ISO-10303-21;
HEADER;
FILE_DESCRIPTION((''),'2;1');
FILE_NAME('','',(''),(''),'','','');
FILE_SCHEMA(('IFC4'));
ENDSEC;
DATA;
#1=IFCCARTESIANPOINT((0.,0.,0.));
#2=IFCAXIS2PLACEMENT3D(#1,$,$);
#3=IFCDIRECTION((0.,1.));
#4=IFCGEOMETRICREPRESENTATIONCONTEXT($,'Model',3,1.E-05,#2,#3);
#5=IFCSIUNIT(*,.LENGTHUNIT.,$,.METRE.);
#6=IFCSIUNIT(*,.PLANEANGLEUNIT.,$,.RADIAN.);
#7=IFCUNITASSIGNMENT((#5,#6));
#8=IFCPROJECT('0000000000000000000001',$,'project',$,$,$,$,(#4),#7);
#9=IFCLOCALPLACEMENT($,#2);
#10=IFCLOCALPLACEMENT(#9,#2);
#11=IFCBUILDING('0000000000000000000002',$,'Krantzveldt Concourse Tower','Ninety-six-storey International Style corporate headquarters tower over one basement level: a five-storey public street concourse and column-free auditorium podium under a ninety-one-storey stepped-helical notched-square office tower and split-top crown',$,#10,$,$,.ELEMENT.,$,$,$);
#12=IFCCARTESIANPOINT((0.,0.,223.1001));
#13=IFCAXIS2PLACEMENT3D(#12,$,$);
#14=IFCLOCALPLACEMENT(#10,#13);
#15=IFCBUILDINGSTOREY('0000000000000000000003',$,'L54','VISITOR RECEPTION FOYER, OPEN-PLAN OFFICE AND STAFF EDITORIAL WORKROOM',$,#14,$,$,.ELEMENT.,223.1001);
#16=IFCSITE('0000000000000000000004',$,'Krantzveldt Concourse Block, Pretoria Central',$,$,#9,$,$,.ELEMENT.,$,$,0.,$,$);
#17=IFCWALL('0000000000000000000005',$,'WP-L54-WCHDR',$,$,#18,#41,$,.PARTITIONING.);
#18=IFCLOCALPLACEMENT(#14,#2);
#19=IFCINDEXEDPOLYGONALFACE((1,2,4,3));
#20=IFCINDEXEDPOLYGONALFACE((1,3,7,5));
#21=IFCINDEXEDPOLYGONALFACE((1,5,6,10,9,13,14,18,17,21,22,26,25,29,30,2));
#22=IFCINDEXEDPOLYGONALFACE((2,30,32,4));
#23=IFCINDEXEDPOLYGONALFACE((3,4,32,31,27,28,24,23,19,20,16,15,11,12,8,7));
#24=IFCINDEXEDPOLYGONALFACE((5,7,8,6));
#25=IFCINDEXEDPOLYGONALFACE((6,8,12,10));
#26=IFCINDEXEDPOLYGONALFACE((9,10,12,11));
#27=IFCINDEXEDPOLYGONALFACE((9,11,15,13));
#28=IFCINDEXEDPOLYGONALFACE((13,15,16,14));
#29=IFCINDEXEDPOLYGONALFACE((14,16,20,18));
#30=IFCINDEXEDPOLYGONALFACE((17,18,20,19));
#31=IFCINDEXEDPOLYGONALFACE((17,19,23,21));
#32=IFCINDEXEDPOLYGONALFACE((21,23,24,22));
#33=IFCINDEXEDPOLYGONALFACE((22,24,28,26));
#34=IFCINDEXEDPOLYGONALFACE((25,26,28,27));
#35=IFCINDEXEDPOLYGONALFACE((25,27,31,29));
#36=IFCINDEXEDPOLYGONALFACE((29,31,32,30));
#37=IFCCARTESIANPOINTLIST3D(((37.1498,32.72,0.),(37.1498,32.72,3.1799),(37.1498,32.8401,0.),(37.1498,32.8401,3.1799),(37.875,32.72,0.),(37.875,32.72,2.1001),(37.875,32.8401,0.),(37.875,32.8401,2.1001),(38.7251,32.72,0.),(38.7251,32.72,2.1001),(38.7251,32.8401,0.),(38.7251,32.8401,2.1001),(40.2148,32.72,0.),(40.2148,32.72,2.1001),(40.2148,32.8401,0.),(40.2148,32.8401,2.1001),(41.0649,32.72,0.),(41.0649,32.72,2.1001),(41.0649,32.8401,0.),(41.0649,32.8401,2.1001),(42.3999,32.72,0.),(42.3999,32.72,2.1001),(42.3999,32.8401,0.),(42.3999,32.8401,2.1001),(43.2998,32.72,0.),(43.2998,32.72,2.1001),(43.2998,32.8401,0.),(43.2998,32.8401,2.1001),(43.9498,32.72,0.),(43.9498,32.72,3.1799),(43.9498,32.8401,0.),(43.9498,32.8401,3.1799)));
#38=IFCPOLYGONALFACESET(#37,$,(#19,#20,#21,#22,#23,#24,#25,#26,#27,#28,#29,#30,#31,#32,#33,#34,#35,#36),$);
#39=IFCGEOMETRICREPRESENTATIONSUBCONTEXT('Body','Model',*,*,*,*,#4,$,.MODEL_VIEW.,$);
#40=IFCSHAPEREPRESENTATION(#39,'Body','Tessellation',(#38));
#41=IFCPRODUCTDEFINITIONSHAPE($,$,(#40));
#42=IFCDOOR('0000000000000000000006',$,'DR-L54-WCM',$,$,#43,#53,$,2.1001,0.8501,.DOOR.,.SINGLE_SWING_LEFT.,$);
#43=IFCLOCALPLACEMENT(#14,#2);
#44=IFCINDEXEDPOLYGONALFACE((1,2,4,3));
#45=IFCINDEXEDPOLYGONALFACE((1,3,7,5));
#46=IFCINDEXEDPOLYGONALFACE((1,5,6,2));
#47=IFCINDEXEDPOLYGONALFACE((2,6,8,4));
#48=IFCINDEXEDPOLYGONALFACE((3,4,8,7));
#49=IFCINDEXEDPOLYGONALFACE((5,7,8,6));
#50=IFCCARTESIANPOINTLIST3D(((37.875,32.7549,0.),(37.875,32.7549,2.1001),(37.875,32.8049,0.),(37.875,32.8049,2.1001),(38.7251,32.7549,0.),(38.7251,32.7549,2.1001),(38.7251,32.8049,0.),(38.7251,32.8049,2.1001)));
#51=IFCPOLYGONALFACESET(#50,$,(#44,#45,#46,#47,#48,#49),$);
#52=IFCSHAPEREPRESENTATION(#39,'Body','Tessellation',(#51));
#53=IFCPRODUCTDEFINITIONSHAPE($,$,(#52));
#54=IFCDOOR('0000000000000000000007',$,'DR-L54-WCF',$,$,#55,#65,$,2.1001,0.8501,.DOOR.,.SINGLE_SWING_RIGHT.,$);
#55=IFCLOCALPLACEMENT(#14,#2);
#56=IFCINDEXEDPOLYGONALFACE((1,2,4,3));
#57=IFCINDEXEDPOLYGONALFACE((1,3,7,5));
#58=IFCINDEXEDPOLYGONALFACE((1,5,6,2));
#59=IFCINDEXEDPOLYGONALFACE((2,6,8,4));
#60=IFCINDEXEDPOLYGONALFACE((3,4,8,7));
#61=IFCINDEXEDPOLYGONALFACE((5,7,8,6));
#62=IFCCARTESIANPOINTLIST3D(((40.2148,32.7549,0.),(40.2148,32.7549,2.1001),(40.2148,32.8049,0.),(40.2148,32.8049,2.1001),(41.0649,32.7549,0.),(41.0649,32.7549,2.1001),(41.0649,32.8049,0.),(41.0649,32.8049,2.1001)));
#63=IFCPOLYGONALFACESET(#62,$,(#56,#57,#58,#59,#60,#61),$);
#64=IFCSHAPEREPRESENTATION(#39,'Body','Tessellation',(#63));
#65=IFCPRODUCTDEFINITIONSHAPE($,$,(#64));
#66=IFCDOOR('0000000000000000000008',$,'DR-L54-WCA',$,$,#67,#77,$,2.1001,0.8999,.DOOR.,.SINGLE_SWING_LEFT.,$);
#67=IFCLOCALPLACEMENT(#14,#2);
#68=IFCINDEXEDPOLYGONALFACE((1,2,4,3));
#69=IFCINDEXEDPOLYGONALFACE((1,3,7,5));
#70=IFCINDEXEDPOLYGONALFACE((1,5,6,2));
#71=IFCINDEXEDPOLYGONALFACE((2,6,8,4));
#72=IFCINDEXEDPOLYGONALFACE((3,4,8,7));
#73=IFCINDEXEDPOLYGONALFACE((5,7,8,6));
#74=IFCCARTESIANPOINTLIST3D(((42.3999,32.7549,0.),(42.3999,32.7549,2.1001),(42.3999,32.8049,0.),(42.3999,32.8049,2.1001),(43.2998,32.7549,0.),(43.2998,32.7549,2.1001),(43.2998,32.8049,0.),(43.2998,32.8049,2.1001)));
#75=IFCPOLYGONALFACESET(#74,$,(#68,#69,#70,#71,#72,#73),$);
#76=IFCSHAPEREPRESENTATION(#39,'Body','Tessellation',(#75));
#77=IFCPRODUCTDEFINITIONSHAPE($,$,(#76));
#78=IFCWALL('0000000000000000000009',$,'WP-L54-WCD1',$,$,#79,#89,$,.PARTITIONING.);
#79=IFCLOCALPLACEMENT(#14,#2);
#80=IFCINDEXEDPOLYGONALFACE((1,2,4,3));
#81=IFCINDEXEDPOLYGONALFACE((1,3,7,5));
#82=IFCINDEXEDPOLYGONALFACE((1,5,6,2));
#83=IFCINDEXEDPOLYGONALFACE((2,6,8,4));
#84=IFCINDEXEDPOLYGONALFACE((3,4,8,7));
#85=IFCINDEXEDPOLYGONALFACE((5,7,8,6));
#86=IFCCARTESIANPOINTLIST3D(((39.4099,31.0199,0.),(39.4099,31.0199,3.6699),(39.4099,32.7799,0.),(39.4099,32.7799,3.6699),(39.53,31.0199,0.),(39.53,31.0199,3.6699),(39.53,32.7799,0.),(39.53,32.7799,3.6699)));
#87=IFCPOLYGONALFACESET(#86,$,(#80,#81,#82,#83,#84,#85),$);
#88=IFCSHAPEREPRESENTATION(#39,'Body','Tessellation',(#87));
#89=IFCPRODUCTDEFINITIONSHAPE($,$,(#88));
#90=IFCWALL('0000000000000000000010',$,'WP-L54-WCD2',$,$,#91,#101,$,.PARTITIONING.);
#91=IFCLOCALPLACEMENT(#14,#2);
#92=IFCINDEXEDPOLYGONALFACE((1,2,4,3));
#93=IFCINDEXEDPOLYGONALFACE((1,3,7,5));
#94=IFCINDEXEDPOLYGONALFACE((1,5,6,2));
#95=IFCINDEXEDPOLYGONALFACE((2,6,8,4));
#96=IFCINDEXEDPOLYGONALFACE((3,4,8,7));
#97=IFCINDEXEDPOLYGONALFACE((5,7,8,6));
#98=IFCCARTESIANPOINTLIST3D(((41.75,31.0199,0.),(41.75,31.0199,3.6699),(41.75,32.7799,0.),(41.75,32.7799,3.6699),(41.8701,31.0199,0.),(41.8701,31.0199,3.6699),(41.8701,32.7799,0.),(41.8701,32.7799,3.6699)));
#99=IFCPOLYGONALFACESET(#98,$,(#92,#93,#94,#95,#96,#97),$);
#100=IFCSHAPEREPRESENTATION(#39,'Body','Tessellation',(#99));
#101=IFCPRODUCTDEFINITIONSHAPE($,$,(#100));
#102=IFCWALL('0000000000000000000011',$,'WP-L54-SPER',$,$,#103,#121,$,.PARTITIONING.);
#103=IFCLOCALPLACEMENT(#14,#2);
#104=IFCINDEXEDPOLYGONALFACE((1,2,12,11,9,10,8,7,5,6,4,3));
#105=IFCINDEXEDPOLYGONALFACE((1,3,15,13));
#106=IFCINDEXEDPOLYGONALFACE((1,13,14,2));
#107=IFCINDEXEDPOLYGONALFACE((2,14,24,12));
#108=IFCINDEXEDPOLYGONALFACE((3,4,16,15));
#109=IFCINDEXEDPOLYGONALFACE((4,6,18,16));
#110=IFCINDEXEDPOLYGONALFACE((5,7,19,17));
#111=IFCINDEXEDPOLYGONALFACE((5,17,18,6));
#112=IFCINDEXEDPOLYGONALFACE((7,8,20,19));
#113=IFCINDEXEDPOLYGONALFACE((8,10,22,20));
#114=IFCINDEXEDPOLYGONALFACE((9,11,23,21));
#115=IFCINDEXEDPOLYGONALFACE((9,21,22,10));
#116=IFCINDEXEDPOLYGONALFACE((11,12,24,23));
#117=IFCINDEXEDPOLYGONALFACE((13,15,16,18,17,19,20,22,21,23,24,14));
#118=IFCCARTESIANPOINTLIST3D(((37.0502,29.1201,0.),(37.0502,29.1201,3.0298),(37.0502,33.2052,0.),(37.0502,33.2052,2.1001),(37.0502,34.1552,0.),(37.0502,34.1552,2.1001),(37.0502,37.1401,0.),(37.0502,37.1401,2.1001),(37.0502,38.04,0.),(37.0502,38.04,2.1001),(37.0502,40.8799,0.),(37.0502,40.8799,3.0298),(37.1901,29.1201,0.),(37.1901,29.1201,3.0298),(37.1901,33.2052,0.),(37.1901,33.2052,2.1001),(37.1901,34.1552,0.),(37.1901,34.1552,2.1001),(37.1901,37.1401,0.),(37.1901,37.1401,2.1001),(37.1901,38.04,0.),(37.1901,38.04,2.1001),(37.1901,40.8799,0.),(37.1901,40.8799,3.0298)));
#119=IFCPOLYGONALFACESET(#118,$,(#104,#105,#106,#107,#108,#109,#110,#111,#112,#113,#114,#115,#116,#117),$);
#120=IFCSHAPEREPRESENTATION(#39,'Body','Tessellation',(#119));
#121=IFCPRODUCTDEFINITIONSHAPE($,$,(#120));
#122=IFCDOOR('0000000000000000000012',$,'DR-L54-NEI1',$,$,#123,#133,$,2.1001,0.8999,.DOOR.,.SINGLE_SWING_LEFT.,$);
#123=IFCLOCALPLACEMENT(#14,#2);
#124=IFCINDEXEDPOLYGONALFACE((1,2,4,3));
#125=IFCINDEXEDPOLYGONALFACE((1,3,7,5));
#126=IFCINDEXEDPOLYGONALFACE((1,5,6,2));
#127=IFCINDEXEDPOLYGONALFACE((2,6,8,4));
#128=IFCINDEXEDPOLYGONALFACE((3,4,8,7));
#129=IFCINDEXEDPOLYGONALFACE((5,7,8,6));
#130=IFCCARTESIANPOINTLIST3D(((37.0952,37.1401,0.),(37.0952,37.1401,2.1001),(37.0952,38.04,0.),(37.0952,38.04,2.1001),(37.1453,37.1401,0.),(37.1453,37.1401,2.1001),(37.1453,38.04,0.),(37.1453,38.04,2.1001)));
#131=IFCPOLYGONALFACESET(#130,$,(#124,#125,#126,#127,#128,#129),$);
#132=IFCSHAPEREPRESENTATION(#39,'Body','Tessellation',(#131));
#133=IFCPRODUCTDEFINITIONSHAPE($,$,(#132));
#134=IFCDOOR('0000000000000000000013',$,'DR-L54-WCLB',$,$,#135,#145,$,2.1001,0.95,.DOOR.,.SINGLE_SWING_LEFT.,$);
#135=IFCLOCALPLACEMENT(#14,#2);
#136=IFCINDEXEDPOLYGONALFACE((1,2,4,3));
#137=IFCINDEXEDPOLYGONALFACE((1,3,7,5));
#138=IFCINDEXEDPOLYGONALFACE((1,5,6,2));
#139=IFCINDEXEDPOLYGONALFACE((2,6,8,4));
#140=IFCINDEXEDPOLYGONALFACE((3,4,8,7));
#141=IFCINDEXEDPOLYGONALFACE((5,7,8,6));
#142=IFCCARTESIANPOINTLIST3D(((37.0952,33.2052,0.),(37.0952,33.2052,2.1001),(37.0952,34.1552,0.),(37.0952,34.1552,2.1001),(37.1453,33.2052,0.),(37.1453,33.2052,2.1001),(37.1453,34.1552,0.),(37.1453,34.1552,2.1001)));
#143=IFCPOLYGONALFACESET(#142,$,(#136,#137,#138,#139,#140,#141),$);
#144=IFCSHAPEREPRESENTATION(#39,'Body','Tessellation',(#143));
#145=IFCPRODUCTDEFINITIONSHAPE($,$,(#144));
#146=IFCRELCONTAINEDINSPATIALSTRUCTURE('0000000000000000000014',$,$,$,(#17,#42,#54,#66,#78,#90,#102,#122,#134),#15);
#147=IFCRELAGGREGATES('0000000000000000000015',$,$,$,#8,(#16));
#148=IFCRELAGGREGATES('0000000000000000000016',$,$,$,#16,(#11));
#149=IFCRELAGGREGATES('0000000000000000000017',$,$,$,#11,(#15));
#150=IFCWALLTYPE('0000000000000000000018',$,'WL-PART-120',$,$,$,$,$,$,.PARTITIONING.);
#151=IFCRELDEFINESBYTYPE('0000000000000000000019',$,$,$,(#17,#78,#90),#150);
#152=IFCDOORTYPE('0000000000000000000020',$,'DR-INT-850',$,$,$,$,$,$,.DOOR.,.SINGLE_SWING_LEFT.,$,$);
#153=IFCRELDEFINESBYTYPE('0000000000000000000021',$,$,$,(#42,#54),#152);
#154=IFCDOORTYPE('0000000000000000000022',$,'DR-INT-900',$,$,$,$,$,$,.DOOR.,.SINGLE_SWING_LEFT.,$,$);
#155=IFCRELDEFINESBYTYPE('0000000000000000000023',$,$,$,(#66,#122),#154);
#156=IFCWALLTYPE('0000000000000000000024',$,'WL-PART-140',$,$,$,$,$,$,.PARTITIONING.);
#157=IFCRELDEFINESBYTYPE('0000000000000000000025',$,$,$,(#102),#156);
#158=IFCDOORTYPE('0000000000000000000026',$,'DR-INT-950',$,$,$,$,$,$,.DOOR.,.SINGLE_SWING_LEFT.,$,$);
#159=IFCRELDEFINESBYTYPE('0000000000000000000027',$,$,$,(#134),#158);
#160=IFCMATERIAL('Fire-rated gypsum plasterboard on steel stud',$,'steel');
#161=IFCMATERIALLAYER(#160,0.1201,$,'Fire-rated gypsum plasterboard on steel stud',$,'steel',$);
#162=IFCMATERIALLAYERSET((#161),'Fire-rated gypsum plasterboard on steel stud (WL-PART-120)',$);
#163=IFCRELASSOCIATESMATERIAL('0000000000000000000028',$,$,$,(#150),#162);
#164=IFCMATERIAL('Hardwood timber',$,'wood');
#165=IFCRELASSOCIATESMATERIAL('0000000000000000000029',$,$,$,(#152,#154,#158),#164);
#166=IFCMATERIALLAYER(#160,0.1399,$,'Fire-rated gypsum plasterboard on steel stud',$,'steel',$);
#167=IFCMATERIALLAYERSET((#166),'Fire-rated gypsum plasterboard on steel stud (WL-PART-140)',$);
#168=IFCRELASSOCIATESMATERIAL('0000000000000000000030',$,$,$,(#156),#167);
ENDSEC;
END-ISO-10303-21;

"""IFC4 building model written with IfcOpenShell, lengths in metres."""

from ifc_helpers import new_model, si_unit, direction, frame, frame_2d, origin, place, context, subcontext, project, spatial, rectangle, extrude, material, layer, layer_set, type_object, element, fill, save


model = new_model("IFC4")

# Units and contexts
model_context = context("Model", 3, precision=1e-05, world=origin(), true_north=direction((0.0, 1.0)))
body_context = subcontext(model_context, "Body", "Model", "MODEL_VIEW")
ifc_project = project(units=[si_unit("LENGTHUNIT", "METRE"), si_unit("PLANEANGLEUNIT", "RADIAN")], contexts=[model_context])

# Site, building, storey
site_placement = place(None, origin())
site = spatial("IfcSite", under=ifc_project, at=site_placement, Name="Krantzveldt Concourse Block, Pretoria Central", CompositionType="ELEMENT", RefElevation=0.0)
building_placement = place(site_placement, origin())
building = spatial("IfcBuilding", under=site, at=building_placement, Name="Krantzveldt Concourse Tower", Description="Ninety-six-storey International Style corporate headquarters tower over one basement level: a five-storey public street concourse and column-free auditorium podium under a ninety-one-storey stepped-helical notched-square office tower and split-top crown", CompositionType="ELEMENT")
storey_placement = place(building_placement, frame((0.0, 0.0, 223.1001)))
storey = spatial("IfcBuildingStorey", under=building, at=storey_placement, Name="L54", Description="VISITOR RECEPTION FOYER, OPEN-PLAN OFFICE AND STAFF EDITORIAL WORKROOM", CompositionType="ELEMENT", Elevation=223.1001)

# Shared definitions
ifc_material_1 = material(Name="Fire-rated gypsum plasterboard on steel stud", Category="steel")
ifc_layer_1 = layer(ifc_material_1, 0.1201, Name="Fire-rated gypsum plasterboard on steel stud", Category="steel")
ifc_layer_set_1 = layer_set([ifc_layer_1], Name="Fire-rated gypsum plasterboard on steel stud (WL-PART-120)")
wall_type_1 = type_object("IfcWallType", Name="WL-PART-120", PredefinedType="PARTITIONING", material=ifc_layer_set_1)

# Wall, openings, doors
wall_1_placement = place(storey_placement, frame((37.1499, 32.78, 0.0), z_axis=(0.0, 0.0, 1.0), x_axis=(1.0, 0.0, 0.0)))
wall_1 = element("IfcWall", 1, at=wall_1_placement, inside=storey, type_object=wall_type_1, Name="WP-L54-WCHDR", PredefinedType="PARTITIONING", context=body_context, shape_type="SweptSolid", body=[
    extrude(rectangle(XDim=6.8, YDim=0.1201, at=frame_2d((3.3999, 0.0))), origin(), (0.0, 0.0, 1.0), 3.1799),
])
opening_1_placement = place(wall_1_placement, frame((0.7251, 0.0, 0.0)))
opening_1 = element("IfcOpeningElement", 2, at=opening_1_placement, cuts=wall_1, PredefinedType="OPENING", context=body_context, shape_type="SweptSolid", body=[
    extrude(rectangle(XDim=0.8501, YDim=2.1001, at=frame_2d((0.425, 1.05))), frame((0.0, 0.0701, 0.0), z_axis=(0.0, -1.0, 0.0), x_axis=(1.0, 0.0, 0.0)), (0.0, 0.0, 1.0), 0.1401),
])
opening_2_placement = place(wall_1_placement, frame((3.0649, 0.0, 0.0)))
opening_2 = element("IfcOpeningElement", 3, at=opening_2_placement, cuts=wall_1, PredefinedType="OPENING", context=body_context, shape_type="SweptSolid", body=[
    extrude(rectangle(XDim=0.8501, YDim=2.1001, at=frame_2d((0.425, 1.05))), frame((0.0, 0.0701, 0.0), z_axis=(0.0, -1.0, 0.0), x_axis=(1.0, 0.0, 0.0)), (0.0, 0.0, 1.0), 0.1401),
])
opening_3_placement = place(wall_1_placement, frame((5.25, 0.0, 0.0)))
opening_3 = element("IfcOpeningElement", 4, at=opening_3_placement, cuts=wall_1, PredefinedType="OPENING", context=body_context, shape_type="SweptSolid", body=[
    extrude(rectangle(XDim=0.8999, YDim=2.1001, at=frame_2d((0.45, 1.05))), frame((0.0, 0.0701, 0.0), z_axis=(0.0, -1.0, 0.0), x_axis=(1.0, 0.0, 0.0)), (0.0, 0.0, 1.0), 0.1401),
])
ifc_material_2 = material(Name="Hardwood timber", Category="wood")
door_type_1 = type_object("IfcDoorType", Name="DR-INT-850", OperationType="SINGLE_SWING_LEFT", PredefinedType="DOOR", material=ifc_material_2)
door_1_placement = place(opening_1_placement, origin())
door_1 = element("IfcDoor", 5, at=door_1_placement, inside=storey, type_object=door_type_1, Name="DR-L54-WCM", OperationType="SINGLE_SWING_LEFT", OverallHeight=2.1001, OverallWidth=0.8501, PredefinedType="DOOR", context=body_context, shape_type="SweptSolid", body=[
    extrude(rectangle(XDim=0.8501, YDim=2.1001, at=frame_2d((0.425, 1.05))), frame((0.0, 0.0249, 0.0), z_axis=(0.0, -1.0, 0.0), x_axis=(1.0, 0.0, 0.0)), (0.0, 0.0, 1.0), 0.05),
])
fill(opening_1, door_1)
door_2_placement = place(opening_2_placement, origin())
door_2 = element("IfcDoor", 6, at=door_2_placement, inside=storey, type_object=door_type_1, Name="DR-L54-WCF", OperationType="SINGLE_SWING_RIGHT", OverallHeight=2.1001, OverallWidth=0.8501, PredefinedType="DOOR", context=body_context, shape_type="SweptSolid", body=[
    extrude(rectangle(XDim=0.8501, YDim=2.1001, at=frame_2d((0.425, 1.05))), frame((0.0, 0.0249, 0.0), z_axis=(0.0, -1.0, 0.0), x_axis=(1.0, 0.0, 0.0)), (0.0, 0.0, 1.0), 0.05),
])
fill(opening_2, door_2)
door_type_2 = type_object("IfcDoorType", Name="DR-INT-900", OperationType="SINGLE_SWING_LEFT", PredefinedType="DOOR", material=ifc_material_2)
door_3_placement = place(opening_3_placement, origin())
door_3 = element("IfcDoor", 7, at=door_3_placement, inside=storey, type_object=door_type_2, Name="DR-L54-WCA", OperationType="SINGLE_SWING_LEFT", OverallHeight=2.1001, OverallWidth=0.8999, PredefinedType="DOOR", context=body_context, shape_type="SweptSolid", body=[
    extrude(rectangle(XDim=0.8999, YDim=2.1001, at=frame_2d((0.45, 1.05))), frame((0.0, 0.0249, 0.0), z_axis=(0.0, -1.0, 0.0), x_axis=(1.0, 0.0, 0.0)), (0.0, 0.0, 1.0), 0.05),
])
fill(opening_3, door_3)

# Walls
for number, where, z_axis, x_axis, name in (
    (8, (39.47, 31.02, 0.0), (0.0, 0.0, 1.0), (0.0, 1.0, 0.0), "WP-L54-WCD1"),
    (9, (41.8101, 31.02, 0.0), (0.0, 0.0, 1.0), (0.0, 1.0, 0.0), "WP-L54-WCD2"),
):
    element("IfcWall", number, at=place(storey_placement, frame(where, z_axis=z_axis, x_axis=x_axis)), inside=storey, type_object=wall_type_1, Name=name, PredefinedType="PARTITIONING", context=body_context, shape_type="SweptSolid", body=[
        extrude(rectangle(XDim=1.76, YDim=0.1201, at=frame_2d((0.8799, 0.0))), origin(), (0.0, 0.0, 1.0), 3.6699),
    ])

# Wall, openings, doors
ifc_layer_2 = layer(ifc_material_1, 0.1399, Name="Fire-rated gypsum plasterboard on steel stud", Category="steel")
ifc_layer_set_2 = layer_set([ifc_layer_2], Name="Fire-rated gypsum plasterboard on steel stud (WL-PART-140)")
wall_type_2 = type_object("IfcWallType", Name="WL-PART-140", PredefinedType="PARTITIONING", material=ifc_layer_set_2)
wall_2_placement = place(storey_placement, frame((37.1201, 29.1201, 0.0), z_axis=(0.0, 0.0, 1.0), x_axis=(0.0, 1.0, 0.0)))
wall_2 = element("IfcWall", 10, at=wall_2_placement, inside=storey, type_object=wall_type_2, Name="WP-L54-SPER", PredefinedType="PARTITIONING", context=body_context, shape_type="SweptSolid", body=[
    extrude(rectangle(XDim=11.7598, YDim=0.1399, at=frame_2d((5.8799, 0.0))), origin(), (0.0, 0.0, 1.0), 3.0298),
])
opening_4_placement = place(wall_2_placement, frame((4.085, 0.0, 0.0)))
opening_4 = element("IfcOpeningElement", 11, at=opening_4_placement, cuts=wall_2, PredefinedType="OPENING", context=body_context, shape_type="SweptSolid", body=[
    extrude(rectangle(XDim=0.95, YDim=2.1001, at=frame_2d((0.4751, 1.05))), frame((0.0, 0.0801, 0.0), z_axis=(0.0, -1.0, 0.0), x_axis=(1.0, 0.0, 0.0)), (0.0, 0.0, 1.0), 0.1599),
])
opening_5_placement = place(wall_2_placement, frame((8.02, 0.0, 0.0)))
opening_5 = element("IfcOpeningElement", 12, at=opening_5_placement, cuts=wall_2, PredefinedType="OPENING", context=body_context, shape_type="SweptSolid", body=[
    extrude(rectangle(XDim=0.8999, YDim=2.1001, at=frame_2d((0.45, 1.05))), frame((0.0, 0.0801, 0.0), z_axis=(0.0, -1.0, 0.0), x_axis=(1.0, 0.0, 0.0)), (0.0, 0.0, 1.0), 0.1599),
])
door_4_placement = place(opening_5_placement, origin())
door_4 = element("IfcDoor", 13, at=door_4_placement, inside=storey, type_object=door_type_2, Name="DR-L54-NEI1", OperationType="SINGLE_SWING_LEFT", OverallHeight=2.1001, OverallWidth=0.8999, PredefinedType="DOOR", context=body_context, shape_type="SweptSolid", body=[
    extrude(rectangle(XDim=0.8999, YDim=2.1001, at=frame_2d((0.45, 1.05))), frame((0.0, 0.0249, 0.0), z_axis=(0.0, -1.0, 0.0), x_axis=(1.0, 0.0, 0.0)), (0.0, 0.0, 1.0), 0.05),
])
fill(opening_5, door_4)
door_type_3 = type_object("IfcDoorType", Name="DR-INT-950", OperationType="SINGLE_SWING_LEFT", PredefinedType="DOOR", material=ifc_material_2)
door_5_placement = place(opening_4_placement, origin())
door_5 = element("IfcDoor", 14, at=door_5_placement, inside=storey, type_object=door_type_3, Name="DR-L54-WCLB", OperationType="SINGLE_SWING_LEFT", OverallHeight=2.1001, OverallWidth=0.95, PredefinedType="DOOR", context=body_context, shape_type="SweptSolid", body=[
    extrude(rectangle(XDim=0.95, YDim=2.1001, at=frame_2d((0.4751, 1.05))), frame((0.0, 0.0249, 0.0), z_axis=(0.0, -1.0, 0.0), x_axis=(1.0, 0.0, 0.0)), (0.0, 0.0, 1.0), 0.05),
])
fill(opening_4, door_5)

save(model, "model.ifc")
